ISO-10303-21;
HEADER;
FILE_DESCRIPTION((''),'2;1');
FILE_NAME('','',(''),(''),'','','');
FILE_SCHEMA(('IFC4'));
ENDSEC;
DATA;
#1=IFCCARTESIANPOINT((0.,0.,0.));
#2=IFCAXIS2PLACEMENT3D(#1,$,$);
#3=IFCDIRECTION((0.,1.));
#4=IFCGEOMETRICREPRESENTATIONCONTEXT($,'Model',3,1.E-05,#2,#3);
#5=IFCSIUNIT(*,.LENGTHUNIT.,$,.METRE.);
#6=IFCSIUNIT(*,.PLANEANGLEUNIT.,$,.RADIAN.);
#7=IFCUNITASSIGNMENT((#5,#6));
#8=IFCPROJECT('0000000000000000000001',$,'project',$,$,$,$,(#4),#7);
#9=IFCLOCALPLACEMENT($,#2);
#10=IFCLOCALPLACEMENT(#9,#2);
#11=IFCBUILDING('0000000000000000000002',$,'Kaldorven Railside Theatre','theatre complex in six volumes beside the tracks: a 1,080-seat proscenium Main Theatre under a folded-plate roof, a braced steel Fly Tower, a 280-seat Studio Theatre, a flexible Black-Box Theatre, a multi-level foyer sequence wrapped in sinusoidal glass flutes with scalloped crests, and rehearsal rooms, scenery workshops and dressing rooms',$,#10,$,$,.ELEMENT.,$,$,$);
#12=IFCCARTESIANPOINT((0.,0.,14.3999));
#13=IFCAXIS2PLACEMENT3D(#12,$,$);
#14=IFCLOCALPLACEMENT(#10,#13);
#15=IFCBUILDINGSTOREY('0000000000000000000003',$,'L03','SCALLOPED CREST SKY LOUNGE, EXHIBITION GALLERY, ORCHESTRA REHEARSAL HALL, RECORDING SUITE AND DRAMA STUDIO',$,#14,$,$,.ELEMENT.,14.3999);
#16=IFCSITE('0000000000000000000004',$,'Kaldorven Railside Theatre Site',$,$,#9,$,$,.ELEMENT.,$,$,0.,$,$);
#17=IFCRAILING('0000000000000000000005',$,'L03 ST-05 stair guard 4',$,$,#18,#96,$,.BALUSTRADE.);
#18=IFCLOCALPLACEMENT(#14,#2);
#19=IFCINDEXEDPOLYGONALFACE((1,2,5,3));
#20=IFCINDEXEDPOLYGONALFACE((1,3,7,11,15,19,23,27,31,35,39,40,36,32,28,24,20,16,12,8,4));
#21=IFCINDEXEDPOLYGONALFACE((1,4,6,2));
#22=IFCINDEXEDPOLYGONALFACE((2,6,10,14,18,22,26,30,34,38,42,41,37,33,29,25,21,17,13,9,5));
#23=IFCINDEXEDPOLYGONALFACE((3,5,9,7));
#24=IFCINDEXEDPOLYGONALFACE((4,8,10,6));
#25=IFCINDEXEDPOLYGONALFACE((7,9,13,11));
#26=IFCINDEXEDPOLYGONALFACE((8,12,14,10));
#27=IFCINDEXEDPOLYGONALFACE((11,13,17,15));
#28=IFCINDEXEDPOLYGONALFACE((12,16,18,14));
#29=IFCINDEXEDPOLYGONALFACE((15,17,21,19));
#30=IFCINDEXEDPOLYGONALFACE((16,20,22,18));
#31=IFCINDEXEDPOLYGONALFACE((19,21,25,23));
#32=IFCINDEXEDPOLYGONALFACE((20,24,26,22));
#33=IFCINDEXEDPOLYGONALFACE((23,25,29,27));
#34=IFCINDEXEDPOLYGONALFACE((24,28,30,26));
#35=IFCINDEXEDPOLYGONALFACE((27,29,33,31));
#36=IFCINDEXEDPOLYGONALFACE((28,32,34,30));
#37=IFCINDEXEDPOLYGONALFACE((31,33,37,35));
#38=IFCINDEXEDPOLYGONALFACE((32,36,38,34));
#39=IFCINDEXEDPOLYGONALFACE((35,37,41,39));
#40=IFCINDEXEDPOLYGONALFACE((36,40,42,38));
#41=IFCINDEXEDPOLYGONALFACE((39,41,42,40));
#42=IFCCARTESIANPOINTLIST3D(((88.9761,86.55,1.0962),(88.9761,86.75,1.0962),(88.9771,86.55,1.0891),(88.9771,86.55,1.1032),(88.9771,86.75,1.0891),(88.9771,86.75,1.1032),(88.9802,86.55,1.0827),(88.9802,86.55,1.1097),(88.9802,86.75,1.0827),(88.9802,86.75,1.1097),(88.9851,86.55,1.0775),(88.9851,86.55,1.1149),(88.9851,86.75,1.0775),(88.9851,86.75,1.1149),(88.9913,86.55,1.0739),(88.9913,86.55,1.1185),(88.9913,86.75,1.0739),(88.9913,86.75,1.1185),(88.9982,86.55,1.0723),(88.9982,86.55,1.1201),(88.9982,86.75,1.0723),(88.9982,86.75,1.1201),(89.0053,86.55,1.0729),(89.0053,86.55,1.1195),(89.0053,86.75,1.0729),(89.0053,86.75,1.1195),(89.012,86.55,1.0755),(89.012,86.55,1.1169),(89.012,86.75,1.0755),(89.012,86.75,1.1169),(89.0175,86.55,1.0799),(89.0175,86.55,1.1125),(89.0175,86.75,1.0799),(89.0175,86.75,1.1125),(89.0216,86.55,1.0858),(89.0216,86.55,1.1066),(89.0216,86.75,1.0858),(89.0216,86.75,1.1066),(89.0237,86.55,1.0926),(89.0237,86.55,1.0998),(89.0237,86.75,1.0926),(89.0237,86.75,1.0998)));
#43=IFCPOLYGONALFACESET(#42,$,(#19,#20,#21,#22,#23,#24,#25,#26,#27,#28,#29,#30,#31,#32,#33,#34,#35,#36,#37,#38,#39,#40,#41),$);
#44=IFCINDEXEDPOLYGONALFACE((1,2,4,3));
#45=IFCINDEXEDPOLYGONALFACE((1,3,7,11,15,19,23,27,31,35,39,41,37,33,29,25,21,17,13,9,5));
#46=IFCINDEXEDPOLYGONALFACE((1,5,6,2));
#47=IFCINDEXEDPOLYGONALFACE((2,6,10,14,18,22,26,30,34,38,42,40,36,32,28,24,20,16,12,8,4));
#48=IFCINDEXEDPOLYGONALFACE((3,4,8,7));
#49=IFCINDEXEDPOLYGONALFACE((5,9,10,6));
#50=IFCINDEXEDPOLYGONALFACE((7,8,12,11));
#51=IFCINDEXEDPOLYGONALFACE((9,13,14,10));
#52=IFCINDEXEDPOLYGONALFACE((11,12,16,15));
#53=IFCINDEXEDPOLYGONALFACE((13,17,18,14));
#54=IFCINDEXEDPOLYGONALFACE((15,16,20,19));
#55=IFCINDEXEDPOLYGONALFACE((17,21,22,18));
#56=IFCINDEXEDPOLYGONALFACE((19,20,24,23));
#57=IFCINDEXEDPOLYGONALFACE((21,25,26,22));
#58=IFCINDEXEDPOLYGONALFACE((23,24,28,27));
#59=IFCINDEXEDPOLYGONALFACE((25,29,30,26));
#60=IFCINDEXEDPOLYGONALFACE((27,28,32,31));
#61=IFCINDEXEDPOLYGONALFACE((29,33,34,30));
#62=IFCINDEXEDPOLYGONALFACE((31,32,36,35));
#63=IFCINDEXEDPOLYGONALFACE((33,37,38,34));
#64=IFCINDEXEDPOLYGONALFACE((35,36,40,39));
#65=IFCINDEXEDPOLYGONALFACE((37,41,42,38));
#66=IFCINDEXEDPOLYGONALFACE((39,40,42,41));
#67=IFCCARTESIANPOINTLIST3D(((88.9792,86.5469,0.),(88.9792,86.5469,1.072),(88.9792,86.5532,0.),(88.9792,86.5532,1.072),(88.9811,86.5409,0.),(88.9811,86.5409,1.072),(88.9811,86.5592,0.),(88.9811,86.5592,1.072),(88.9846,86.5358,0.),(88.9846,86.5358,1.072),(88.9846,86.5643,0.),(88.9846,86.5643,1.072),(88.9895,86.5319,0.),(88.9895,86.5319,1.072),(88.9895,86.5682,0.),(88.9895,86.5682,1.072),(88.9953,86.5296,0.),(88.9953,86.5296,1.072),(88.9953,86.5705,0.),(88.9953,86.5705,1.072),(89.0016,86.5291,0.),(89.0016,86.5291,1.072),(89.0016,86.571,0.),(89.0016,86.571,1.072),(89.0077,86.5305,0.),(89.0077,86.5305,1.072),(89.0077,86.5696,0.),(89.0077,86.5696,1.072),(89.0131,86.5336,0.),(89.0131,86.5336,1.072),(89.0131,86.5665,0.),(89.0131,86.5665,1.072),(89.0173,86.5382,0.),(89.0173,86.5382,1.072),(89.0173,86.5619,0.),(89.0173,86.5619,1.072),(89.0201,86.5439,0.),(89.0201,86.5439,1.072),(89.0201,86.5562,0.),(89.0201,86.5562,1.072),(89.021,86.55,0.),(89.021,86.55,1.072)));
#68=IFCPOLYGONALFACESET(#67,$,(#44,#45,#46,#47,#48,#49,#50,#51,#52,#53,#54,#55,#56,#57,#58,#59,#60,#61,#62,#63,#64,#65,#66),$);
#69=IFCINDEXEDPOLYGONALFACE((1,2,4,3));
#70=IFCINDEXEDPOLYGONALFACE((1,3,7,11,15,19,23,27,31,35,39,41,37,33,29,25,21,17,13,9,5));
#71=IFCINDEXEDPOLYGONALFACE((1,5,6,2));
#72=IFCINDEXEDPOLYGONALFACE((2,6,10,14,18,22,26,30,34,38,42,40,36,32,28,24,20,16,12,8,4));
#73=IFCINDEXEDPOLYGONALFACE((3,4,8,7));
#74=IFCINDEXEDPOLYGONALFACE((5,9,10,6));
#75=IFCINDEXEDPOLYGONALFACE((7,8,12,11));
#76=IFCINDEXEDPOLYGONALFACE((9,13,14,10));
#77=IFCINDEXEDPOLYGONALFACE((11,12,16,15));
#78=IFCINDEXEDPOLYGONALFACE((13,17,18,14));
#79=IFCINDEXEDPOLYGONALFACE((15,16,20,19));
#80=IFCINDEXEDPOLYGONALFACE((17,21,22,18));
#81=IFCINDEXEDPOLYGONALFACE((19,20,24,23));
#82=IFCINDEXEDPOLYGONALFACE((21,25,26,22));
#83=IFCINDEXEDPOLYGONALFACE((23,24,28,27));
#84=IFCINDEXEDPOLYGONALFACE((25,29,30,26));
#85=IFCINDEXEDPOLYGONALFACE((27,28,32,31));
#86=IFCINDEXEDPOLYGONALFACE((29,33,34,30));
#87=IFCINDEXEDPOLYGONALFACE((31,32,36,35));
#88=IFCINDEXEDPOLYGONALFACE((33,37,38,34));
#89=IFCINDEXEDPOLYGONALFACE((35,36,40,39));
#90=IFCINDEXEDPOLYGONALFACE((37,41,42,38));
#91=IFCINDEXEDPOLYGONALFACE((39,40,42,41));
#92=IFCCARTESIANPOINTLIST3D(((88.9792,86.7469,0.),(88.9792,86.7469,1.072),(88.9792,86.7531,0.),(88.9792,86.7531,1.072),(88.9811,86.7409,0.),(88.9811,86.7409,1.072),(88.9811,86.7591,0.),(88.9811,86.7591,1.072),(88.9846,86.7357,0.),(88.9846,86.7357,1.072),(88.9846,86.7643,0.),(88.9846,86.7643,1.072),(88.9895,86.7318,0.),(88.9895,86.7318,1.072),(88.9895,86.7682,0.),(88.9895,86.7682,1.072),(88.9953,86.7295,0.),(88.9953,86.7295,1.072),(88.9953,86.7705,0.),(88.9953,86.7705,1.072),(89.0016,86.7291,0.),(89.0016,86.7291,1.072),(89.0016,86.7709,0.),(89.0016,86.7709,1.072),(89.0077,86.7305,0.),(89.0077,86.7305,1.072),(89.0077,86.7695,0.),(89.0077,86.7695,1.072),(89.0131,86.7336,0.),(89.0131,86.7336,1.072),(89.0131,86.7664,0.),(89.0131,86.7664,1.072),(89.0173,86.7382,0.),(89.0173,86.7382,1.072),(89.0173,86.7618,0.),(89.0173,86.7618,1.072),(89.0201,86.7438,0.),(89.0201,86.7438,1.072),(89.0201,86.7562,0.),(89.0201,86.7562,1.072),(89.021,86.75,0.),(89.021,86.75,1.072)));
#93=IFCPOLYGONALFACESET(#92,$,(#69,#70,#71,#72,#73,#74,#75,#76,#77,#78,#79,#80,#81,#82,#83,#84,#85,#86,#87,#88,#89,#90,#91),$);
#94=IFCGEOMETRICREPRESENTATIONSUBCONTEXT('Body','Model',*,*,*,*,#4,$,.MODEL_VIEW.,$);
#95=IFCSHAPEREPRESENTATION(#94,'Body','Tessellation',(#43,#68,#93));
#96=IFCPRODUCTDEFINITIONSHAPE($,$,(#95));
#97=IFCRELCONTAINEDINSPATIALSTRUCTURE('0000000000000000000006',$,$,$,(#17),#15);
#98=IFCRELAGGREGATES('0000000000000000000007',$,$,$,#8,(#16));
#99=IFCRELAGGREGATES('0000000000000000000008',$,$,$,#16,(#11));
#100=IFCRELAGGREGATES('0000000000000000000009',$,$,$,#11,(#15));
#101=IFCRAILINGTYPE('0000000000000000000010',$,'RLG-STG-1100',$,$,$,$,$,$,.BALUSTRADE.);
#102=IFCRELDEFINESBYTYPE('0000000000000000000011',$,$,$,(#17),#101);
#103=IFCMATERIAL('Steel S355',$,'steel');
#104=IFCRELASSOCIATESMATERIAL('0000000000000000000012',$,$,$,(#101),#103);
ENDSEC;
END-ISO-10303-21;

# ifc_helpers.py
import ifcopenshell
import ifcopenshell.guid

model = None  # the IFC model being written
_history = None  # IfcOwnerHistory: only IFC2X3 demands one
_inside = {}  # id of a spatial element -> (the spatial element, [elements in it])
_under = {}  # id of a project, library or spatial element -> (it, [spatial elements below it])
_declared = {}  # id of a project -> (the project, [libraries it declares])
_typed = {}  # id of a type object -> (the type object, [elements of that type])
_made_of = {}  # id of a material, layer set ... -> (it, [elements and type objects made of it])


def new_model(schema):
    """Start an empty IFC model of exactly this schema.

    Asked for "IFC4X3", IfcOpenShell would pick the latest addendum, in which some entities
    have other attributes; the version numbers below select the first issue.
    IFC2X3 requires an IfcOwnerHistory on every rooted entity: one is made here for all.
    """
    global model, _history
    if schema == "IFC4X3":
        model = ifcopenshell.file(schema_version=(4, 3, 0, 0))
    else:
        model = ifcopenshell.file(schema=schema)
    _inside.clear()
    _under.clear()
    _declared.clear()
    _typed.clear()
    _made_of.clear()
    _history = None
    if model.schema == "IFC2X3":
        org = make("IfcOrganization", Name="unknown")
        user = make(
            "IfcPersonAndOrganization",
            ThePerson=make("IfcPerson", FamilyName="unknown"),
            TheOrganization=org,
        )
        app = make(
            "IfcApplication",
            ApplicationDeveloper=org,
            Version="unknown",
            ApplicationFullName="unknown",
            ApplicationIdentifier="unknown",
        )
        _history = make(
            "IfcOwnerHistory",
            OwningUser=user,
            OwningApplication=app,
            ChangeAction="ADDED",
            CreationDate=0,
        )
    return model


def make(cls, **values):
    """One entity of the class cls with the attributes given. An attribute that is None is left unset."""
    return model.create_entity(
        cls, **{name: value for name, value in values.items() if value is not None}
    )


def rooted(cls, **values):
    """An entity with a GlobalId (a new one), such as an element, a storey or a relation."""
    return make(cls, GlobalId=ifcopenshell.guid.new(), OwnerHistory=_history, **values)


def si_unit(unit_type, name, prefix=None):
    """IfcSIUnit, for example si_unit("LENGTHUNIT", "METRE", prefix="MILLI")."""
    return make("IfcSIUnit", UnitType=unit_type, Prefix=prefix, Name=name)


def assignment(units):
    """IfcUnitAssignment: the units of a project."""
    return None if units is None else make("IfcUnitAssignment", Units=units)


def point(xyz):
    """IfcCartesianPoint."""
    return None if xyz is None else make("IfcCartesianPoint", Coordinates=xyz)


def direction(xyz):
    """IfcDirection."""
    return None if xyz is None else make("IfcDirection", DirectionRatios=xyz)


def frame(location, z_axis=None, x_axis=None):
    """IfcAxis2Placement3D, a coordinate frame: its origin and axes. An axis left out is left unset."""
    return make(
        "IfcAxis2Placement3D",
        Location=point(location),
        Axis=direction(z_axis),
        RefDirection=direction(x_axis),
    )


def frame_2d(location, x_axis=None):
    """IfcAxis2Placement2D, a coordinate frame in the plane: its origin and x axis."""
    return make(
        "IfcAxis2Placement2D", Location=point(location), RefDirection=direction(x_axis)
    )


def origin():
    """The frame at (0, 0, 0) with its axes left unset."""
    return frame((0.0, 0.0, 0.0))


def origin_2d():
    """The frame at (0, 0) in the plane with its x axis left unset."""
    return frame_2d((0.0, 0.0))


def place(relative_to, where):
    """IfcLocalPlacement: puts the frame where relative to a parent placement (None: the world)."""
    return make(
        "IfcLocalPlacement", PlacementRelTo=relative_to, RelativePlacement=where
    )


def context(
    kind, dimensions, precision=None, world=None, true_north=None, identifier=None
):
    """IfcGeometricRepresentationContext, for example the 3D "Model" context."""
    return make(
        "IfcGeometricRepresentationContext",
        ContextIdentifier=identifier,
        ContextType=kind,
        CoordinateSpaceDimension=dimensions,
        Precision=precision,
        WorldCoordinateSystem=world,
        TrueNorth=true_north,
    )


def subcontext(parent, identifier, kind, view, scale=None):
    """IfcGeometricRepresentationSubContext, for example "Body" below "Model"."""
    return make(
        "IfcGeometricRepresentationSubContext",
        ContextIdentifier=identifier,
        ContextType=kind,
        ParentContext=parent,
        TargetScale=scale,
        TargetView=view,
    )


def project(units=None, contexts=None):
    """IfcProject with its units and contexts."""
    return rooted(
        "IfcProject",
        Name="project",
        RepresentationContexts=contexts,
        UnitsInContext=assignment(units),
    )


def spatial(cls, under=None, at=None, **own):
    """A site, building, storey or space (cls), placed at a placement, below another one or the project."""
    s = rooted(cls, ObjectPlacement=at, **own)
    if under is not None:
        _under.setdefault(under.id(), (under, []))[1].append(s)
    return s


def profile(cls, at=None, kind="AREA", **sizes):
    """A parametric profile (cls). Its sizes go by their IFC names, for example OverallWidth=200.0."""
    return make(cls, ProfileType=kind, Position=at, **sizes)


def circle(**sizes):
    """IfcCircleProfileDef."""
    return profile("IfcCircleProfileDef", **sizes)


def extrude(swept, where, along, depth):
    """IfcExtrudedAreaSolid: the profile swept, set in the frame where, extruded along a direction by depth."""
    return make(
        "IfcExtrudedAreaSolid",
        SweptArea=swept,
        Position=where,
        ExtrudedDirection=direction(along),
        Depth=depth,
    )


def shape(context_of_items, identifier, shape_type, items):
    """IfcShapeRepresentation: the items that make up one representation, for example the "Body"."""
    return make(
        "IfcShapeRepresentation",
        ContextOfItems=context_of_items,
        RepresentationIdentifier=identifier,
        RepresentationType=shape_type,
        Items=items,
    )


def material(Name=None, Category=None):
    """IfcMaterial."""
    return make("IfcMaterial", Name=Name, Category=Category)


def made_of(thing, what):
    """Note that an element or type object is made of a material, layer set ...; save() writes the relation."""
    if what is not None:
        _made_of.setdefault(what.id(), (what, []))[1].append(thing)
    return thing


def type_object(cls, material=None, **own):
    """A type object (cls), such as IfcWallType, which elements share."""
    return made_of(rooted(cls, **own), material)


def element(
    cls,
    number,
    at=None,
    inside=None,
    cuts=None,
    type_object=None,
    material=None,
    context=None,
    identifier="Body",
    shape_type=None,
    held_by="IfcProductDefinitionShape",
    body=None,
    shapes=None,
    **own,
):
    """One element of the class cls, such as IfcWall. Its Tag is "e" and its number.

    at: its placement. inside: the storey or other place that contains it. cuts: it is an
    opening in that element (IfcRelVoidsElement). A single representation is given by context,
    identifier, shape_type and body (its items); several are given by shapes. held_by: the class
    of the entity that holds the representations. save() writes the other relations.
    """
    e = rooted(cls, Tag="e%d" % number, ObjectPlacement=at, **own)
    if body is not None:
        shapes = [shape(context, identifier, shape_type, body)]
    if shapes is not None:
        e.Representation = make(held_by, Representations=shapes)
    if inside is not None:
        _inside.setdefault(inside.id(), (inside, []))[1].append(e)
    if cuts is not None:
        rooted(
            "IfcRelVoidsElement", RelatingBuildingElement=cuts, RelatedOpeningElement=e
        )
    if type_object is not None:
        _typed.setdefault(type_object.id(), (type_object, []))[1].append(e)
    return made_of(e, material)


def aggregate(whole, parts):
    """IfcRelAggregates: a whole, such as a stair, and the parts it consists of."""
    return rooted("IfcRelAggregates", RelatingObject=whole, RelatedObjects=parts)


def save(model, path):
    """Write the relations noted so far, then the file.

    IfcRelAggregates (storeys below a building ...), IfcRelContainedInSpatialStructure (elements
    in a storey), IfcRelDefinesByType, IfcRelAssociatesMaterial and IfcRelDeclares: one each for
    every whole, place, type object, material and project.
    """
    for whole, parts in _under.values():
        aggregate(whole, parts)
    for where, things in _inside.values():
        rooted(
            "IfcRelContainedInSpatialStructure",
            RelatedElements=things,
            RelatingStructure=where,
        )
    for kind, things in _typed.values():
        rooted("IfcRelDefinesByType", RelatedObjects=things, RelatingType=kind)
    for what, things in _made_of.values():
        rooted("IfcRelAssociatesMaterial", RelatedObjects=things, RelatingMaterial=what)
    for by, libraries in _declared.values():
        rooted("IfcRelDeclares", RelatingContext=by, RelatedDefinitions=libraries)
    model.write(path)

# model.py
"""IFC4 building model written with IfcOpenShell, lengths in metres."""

from ifc_helpers import new_model, si_unit, direction, frame, origin, origin_2d, place, context, subcontext, project, spatial, circle, extrude, material, type_object, element, save


model = new_model("IFC4")

# Units and contexts
model_context = context("Model", 3, precision=1e-05, world=origin(), true_north=direction((0.0, 1.0)))
body_context = subcontext(model_context, "Body", "Model", "MODEL_VIEW")
ifc_project = project(units=[si_unit("LENGTHUNIT", "METRE"), si_unit("PLANEANGLEUNIT", "RADIAN")], contexts=[model_context])

# Site, building, storey
site_placement = place(None, origin())
site = spatial("IfcSite", under=ifc_project, at=site_placement, Name="Kaldorven Railside Theatre Site", CompositionType="ELEMENT", RefElevation=0.0)
building_placement = place(site_placement, origin())
building = spatial("IfcBuilding", under=site, at=building_placement, Name="Kaldorven Railside Theatre", Description="theatre complex in six volumes beside the tracks: a 1,080-seat proscenium Main Theatre under a folded-plate roof, a braced steel Fly Tower, a 280-seat Studio Theatre, a flexible Black-Box Theatre, a multi-level foyer sequence wrapped in sinusoidal glass flutes with scalloped crests, and rehearsal rooms, scenery workshops and dressing rooms", CompositionType="ELEMENT")
storey_placement = place(building_placement, frame((0.0, 0.0, 14.3999)))
storey = spatial("IfcBuildingStorey", under=building, at=storey_placement, Name="L03", Description="SCALLOPED CREST SKY LOUNGE, EXHIBITION GALLERY, ORCHESTRA REHEARSAL HALL, RECORDING SUITE AND DRAMA STUDIO", CompositionType="ELEMENT", Elevation=14.3999)

# Shared definitions
ifc_material_1 = material(Name="Steel S355", Category="steel")

# Railing
railing_type_1 = type_object("IfcRailingType", Name="RLG-STG-1100", PredefinedType="BALUSTRADE", material=ifc_material_1)
railing_1_placement = place(storey_placement, frame((89.0, 86.55, 0.0)))
element("IfcRailing", 1, at=railing_1_placement, inside=storey, type_object=railing_type_1, Name="L03 ST-05 stair guard 4", PredefinedType="BALUSTRADE", context=body_context, shape_type="SweptSolid", body=[
    extrude(circle(Radius=0.0239, at=origin_2d()), frame((0.0, 0.0, 1.0962), z_axis=(0.0, 1.0, 0.0), x_axis=(-1.0, 0.0, 0.0)), (0.0, 0.0, 1.0), 0.2),
    extrude(circle(Radius=0.021, at=origin_2d()), origin(), (0.0, 0.0, 1.0), 1.072),
    extrude(circle(Radius=0.021, at=origin_2d()), frame((0.0, 0.2, 0.0)), (0.0, 0.0, 1.0), 1.072),
])

save(model, "model.ifc")
